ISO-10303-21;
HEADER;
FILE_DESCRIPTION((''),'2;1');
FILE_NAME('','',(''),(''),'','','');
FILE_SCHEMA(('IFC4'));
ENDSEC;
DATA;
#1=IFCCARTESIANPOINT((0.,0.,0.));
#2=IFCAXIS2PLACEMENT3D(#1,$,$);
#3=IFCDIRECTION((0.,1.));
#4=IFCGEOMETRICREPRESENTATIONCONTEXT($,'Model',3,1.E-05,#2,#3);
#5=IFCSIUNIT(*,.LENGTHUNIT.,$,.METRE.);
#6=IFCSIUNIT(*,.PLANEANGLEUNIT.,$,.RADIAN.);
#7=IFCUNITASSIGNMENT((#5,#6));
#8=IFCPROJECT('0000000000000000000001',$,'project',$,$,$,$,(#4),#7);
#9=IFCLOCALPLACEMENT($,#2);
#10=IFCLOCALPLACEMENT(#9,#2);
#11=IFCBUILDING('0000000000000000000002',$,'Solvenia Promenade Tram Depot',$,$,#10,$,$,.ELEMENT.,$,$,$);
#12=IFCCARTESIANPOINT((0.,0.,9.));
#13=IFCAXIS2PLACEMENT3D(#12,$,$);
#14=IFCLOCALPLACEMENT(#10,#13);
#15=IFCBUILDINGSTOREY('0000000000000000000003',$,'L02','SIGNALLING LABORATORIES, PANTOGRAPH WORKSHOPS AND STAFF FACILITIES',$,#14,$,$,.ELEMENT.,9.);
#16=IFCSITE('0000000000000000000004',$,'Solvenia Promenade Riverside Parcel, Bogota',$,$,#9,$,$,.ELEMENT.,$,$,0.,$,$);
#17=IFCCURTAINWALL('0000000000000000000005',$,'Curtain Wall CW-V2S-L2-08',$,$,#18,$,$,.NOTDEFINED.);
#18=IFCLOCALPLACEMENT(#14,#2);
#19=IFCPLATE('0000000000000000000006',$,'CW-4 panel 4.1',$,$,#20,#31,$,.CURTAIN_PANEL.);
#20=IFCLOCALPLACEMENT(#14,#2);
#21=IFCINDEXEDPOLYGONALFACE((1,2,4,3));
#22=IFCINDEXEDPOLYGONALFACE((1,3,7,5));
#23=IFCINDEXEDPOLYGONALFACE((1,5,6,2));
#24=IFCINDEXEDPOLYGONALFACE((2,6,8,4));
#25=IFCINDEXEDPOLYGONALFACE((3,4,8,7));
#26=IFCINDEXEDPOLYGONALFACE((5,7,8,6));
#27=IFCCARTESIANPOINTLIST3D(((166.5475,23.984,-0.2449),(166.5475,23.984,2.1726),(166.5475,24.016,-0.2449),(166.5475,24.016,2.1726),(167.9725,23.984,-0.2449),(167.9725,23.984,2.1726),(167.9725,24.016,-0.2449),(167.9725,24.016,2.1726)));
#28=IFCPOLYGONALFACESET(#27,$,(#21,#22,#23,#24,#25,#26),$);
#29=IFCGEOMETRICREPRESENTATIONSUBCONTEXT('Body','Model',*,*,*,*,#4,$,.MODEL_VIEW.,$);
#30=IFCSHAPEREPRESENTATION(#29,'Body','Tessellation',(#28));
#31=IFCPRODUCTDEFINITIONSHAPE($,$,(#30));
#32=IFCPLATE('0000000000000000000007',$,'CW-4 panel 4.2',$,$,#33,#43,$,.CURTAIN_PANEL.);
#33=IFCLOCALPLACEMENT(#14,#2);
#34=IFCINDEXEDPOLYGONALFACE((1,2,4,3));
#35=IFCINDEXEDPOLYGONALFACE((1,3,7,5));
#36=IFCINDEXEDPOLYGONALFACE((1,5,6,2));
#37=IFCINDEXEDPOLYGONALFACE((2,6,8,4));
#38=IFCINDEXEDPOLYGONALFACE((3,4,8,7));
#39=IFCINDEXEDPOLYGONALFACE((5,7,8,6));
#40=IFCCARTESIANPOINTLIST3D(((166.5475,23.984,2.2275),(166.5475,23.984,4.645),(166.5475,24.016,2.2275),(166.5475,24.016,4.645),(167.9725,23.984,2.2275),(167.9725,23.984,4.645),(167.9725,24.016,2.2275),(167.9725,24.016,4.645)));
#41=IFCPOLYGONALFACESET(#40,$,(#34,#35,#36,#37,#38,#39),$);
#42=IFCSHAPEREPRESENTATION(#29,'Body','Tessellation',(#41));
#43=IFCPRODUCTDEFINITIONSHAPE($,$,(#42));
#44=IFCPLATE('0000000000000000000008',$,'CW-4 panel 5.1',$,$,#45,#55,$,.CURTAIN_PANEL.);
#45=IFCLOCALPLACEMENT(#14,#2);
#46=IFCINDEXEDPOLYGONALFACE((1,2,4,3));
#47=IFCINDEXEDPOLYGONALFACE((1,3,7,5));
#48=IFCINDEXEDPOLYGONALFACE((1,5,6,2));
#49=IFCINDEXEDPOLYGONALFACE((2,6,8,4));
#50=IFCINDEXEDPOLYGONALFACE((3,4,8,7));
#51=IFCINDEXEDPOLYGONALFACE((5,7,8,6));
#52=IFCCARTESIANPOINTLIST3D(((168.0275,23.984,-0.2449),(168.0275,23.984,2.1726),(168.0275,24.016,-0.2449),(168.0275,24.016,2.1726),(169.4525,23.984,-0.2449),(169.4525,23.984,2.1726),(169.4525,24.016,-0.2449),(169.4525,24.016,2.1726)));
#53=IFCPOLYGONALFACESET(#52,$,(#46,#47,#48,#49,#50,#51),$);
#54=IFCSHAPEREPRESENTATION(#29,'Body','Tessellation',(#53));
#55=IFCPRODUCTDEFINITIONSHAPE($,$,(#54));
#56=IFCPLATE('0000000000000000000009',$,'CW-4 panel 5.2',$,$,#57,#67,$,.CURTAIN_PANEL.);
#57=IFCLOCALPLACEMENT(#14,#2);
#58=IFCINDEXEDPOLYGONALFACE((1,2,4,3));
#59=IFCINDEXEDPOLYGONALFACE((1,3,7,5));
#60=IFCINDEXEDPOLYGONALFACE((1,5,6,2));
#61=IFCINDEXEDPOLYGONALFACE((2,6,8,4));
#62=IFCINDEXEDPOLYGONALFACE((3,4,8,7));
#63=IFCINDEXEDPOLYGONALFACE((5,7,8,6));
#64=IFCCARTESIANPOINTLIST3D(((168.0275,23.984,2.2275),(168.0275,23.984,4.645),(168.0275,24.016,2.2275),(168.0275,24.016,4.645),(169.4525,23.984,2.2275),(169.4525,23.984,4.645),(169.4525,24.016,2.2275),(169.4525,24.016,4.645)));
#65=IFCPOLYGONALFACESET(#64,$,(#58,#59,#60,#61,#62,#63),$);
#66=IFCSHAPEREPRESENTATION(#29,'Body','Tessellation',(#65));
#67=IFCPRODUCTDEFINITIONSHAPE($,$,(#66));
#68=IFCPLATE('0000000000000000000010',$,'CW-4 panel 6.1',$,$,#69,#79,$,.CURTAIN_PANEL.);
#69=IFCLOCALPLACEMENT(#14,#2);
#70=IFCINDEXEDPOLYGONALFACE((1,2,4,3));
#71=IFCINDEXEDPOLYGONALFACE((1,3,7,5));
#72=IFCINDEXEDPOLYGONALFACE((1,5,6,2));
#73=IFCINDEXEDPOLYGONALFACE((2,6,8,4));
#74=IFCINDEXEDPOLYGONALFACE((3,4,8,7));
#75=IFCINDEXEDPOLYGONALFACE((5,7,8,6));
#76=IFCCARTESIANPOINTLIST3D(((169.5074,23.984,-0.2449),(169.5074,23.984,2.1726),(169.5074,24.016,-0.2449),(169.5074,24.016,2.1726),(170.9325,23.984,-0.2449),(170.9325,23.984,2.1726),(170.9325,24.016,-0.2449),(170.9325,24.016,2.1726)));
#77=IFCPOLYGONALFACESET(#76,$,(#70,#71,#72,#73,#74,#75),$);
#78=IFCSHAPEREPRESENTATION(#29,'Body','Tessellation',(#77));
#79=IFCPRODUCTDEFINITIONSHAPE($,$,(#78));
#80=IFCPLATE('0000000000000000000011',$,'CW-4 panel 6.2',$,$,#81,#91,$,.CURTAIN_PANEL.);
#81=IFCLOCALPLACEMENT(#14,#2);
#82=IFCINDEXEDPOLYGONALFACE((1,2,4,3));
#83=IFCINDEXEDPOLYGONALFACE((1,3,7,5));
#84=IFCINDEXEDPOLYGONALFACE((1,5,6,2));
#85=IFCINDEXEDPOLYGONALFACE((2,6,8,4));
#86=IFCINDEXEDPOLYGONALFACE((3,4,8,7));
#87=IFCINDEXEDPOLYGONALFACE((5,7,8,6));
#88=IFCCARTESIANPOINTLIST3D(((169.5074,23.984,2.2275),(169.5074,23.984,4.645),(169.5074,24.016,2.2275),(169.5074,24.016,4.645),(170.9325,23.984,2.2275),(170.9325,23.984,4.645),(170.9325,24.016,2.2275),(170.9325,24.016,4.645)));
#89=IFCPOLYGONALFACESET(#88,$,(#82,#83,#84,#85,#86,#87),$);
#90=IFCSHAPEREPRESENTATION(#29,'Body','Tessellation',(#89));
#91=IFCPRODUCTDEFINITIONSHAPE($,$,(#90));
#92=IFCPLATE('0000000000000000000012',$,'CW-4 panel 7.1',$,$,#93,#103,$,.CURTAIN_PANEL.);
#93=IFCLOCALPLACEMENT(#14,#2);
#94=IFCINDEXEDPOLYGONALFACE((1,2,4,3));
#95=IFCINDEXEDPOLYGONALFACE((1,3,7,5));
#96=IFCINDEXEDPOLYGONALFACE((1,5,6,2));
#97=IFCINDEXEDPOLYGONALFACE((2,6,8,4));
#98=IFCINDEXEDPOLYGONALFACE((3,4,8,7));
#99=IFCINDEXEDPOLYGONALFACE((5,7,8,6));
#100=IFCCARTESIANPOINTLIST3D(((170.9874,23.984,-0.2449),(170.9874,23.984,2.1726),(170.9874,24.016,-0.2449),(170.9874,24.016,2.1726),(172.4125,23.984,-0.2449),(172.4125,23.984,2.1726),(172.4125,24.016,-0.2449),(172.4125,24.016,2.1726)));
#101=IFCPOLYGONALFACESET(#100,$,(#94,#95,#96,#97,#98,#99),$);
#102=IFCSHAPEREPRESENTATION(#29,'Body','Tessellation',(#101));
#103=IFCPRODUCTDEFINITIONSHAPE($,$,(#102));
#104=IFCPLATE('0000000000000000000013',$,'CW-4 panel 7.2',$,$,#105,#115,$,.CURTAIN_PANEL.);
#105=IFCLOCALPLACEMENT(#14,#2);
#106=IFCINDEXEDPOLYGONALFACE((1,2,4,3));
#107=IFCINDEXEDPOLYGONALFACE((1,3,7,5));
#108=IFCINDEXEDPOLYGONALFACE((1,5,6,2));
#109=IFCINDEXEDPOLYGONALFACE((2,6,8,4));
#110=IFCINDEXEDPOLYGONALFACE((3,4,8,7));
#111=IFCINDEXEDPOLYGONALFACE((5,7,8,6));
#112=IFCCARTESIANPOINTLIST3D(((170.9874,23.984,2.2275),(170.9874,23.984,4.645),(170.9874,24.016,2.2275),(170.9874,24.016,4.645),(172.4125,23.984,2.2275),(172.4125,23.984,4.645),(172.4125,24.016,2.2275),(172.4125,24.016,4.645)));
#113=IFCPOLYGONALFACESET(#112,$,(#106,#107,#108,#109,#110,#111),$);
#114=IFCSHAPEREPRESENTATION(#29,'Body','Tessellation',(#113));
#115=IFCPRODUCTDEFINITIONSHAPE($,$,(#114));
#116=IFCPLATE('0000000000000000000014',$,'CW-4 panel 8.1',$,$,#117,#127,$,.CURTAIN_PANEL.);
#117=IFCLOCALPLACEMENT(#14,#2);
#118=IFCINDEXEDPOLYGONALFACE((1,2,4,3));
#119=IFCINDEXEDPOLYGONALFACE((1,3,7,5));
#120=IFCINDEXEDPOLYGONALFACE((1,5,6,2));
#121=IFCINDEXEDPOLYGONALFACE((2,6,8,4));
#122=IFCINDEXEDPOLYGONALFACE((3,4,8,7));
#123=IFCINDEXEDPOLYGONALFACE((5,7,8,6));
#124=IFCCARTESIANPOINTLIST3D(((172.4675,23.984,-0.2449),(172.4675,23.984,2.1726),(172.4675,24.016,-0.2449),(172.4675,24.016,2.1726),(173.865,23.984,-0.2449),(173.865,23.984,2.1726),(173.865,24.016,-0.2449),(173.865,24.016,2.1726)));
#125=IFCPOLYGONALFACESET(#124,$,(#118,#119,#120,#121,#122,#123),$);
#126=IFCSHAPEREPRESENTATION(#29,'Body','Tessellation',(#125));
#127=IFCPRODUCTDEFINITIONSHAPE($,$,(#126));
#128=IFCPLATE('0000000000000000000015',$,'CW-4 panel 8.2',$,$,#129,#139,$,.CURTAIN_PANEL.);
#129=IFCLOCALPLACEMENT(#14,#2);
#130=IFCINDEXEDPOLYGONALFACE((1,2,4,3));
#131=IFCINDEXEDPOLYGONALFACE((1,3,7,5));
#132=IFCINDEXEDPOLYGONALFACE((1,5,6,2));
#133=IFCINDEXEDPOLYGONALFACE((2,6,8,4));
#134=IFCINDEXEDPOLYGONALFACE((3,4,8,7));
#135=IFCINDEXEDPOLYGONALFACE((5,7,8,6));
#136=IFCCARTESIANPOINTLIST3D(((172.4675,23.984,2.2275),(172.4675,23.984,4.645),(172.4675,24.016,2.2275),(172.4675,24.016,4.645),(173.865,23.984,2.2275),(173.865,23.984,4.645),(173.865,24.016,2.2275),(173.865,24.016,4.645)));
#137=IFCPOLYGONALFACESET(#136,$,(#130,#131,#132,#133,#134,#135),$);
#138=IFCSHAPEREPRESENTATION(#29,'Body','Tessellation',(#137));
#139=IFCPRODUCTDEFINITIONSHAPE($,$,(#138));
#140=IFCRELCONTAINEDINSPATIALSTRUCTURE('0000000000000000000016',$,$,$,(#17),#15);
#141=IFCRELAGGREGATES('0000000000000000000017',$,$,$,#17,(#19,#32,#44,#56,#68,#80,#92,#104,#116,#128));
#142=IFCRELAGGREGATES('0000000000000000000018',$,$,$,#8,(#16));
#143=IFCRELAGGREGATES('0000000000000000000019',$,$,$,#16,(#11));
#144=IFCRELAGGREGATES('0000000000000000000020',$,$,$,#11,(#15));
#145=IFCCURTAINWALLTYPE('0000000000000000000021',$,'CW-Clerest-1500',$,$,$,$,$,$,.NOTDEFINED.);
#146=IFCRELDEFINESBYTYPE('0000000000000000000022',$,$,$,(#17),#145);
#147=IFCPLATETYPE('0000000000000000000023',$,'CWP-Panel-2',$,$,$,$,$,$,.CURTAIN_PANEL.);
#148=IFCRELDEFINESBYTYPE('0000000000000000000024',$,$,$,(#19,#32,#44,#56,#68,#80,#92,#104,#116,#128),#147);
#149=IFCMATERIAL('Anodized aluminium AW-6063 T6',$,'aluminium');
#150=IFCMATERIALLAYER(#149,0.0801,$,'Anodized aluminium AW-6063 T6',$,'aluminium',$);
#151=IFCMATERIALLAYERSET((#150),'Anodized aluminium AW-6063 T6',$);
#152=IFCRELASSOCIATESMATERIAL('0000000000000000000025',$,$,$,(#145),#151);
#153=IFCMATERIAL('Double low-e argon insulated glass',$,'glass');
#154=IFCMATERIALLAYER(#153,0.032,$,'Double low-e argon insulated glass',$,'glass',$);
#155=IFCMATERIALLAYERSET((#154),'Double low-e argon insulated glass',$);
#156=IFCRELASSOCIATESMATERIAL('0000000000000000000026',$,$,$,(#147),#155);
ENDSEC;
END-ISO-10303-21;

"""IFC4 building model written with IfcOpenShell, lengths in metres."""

from ifc_helpers import new_model, si_unit, direction, frame, origin, origin_2d, place, context, subcontext, project, spatial, rectangle, extrude, material, layer, layer_set, type_object, element, aggregate, save


model = new_model("IFC4")

# Units and contexts
model_context = context("Model", 3, precision=1e-05, world=origin(), true_north=direction((0.0, 1.0)))
body_context = subcontext(model_context, "Body", "Model", "MODEL_VIEW")
ifc_project = project(units=[si_unit("LENGTHUNIT", "METRE"), si_unit("PLANEANGLEUNIT", "RADIAN")], contexts=[model_context])

# Site, building, storey
site_placement = place(None, origin())
site = spatial("IfcSite", under=ifc_project, at=site_placement, Name="Solvenia Promenade Riverside Parcel, Bogota", CompositionType="ELEMENT", RefElevation=0.0)
building_placement = place(site_placement, origin())
building = spatial("IfcBuilding", under=site, at=building_placement, Name="Solvenia Promenade Tram Depot", CompositionType="ELEMENT")
storey_placement = place(building_placement, frame((0.0, 0.0, 9.0)))
storey = spatial("IfcBuildingStorey", under=building, at=storey_placement, Name="L02", Description="SIGNALLING LABORATORIES, PANTOGRAPH WORKSHOPS AND STAFF FACILITIES", CompositionType="ELEMENT", Elevation=9.0)

# Curtain wall, plates
ifc_material_1 = material(Name="Anodized aluminium AW-6063 T6", Category="aluminium")
ifc_layer_1 = layer(ifc_material_1, 0.0801, Name="Anodized aluminium AW-6063 T6", Category="aluminium")
ifc_layer_set_1 = layer_set([ifc_layer_1], Name="Anodized aluminium AW-6063 T6")
curtain_wall_type = type_object("IfcCurtainWallType", Name="CW-Clerest-1500", PredefinedType="NOTDEFINED", material=ifc_layer_set_1)
curtain_wall_placement = place(storey_placement, origin())
curtain_wall = element("IfcCurtainWall", 1, at=curtain_wall_placement, inside=storey, type_object=curtain_wall_type, Name="Curtain Wall CW-V2S-L2-08", PredefinedType="NOTDEFINED")
ifc_material_2 = material(Name="Double low-e argon insulated glass", Category="glass")
ifc_layer_2 = layer(ifc_material_2, 0.032, Name="Double low-e argon insulated glass", Category="glass")
ifc_layer_set_2 = layer_set([ifc_layer_2], Name="Double low-e argon insulated glass")
plate_type = type_object("IfcPlateType", Name="CWP-Panel-2", PredefinedType="CURTAIN_PANEL", material=ifc_layer_set_2)
plate_1_placement = place(storey_placement, frame((167.26, 24.0, -0.2449), z_axis=(0.0, 0.0, 1.0), x_axis=(1.0, 0.0, 0.0)))
plate_1 = element("IfcPlate", 2, at=plate_1_placement, type_object=plate_type, Name="CW-4 panel 4.1", PredefinedType="CURTAIN_PANEL", context=body_context, shape_type="SweptSolid", body=[
    extrude(rectangle(XDim=1.425, YDim=0.032, at=origin_2d()), origin(), (0.0, 0.0, 1.0), 2.4175),
])
plate_2_placement = place(storey_placement, frame((167.26, 24.0, 2.2275), z_axis=(0.0, 0.0, 1.0), x_axis=(1.0, 0.0, 0.0)))
plate_2 = element("IfcPlate", 3, at=plate_2_placement, type_object=plate_type, Name="CW-4 panel 4.2", PredefinedType="CURTAIN_PANEL", context=body_context, shape_type="SweptSolid", body=[
    extrude(rectangle(XDim=1.425, YDim=0.032, at=origin_2d()), origin(), (0.0, 0.0, 1.0), 2.4175),
])
plate_3_placement = place(storey_placement, frame((168.74, 24.0, -0.2449), z_axis=(0.0, 0.0, 1.0), x_axis=(1.0, 0.0, 0.0)))
plate_3 = element("IfcPlate", 4, at=plate_3_placement, type_object=plate_type, Name="CW-4 panel 5.1", PredefinedType="CURTAIN_PANEL", context=body_context, shape_type="SweptSolid", body=[
    extrude(rectangle(XDim=1.425, YDim=0.032, at=origin_2d()), origin(), (0.0, 0.0, 1.0), 2.4175),
])
plate_4_placement = place(storey_placement, frame((168.74, 24.0, 2.2275), z_axis=(0.0, 0.0, 1.0), x_axis=(1.0, 0.0, 0.0)))
plate_4 = element("IfcPlate", 5, at=plate_4_placement, type_object=plate_type, Name="CW-4 panel 5.2", PredefinedType="CURTAIN_PANEL", context=body_context, shape_type="SweptSolid", body=[
    extrude(rectangle(XDim=1.425, YDim=0.032, at=origin_2d()), origin(), (0.0, 0.0, 1.0), 2.4175),
])
plate_5_placement = place(storey_placement, frame((170.22, 24.0, -0.2449), z_axis=(0.0, 0.0, 1.0), x_axis=(1.0, 0.0, 0.0)))
plate_5 = element("IfcPlate", 6, at=plate_5_placement, type_object=plate_type, Name="CW-4 panel 6.1", PredefinedType="CURTAIN_PANEL", context=body_context, shape_type="SweptSolid", body=[
    extrude(rectangle(XDim=1.425, YDim=0.032, at=origin_2d()), origin(), (0.0, 0.0, 1.0), 2.4175),
])
plate_6_placement = place(storey_placement, frame((170.22, 24.0, 2.2275), z_axis=(0.0, 0.0, 1.0), x_axis=(1.0, 0.0, 0.0)))
plate_6 = element("IfcPlate", 7, at=plate_6_placement, type_object=plate_type, Name="CW-4 panel 6.2", PredefinedType="CURTAIN_PANEL", context=body_context, shape_type="SweptSolid", body=[
    extrude(rectangle(XDim=1.425, YDim=0.032, at=origin_2d()), origin(), (0.0, 0.0, 1.0), 2.4175),
])
plate_7_placement = place(storey_placement, frame((171.7, 24.0, -0.2449), z_axis=(0.0, 0.0, 1.0), x_axis=(1.0, 0.0, 0.0)))
plate_7 = element("IfcPlate", 8, at=plate_7_placement, type_object=plate_type, Name="CW-4 panel 7.1", PredefinedType="CURTAIN_PANEL", context=body_context, shape_type="SweptSolid", body=[
    extrude(rectangle(XDim=1.425, YDim=0.032, at=origin_2d()), origin(), (0.0, 0.0, 1.0), 2.4175),
])
plate_8_placement = place(storey_placement, frame((171.7, 24.0, 2.2275), z_axis=(0.0, 0.0, 1.0), x_axis=(1.0, 0.0, 0.0)))
plate_8 = element("IfcPlate", 9, at=plate_8_placement, type_object=plate_type, Name="CW-4 panel 7.2", PredefinedType="CURTAIN_PANEL", context=body_context, shape_type="SweptSolid", body=[
    extrude(rectangle(XDim=1.425, YDim=0.032, at=origin_2d()), origin(), (0.0, 0.0, 1.0), 2.4175),
])
plate_9_placement = place(storey_placement, frame((173.1663, 24.0, -0.2449), z_axis=(0.0, 0.0, 1.0), x_axis=(1.0, 0.0, 0.0)))
plate_9 = element("IfcPlate", 10, at=plate_9_placement, type_object=plate_type, Name="CW-4 panel 8.1", PredefinedType="CURTAIN_PANEL", context=body_context, shape_type="SweptSolid", body=[
    extrude(rectangle(XDim=1.3975, YDim=0.032, at=origin_2d()), origin(), (0.0, 0.0, 1.0), 2.4175),
])
plate_10_placement = place(storey_placement, frame((173.1663, 24.0, 2.2275), z_axis=(0.0, 0.0, 1.0), x_axis=(1.0, 0.0, 0.0)))
plate_10 = element("IfcPlate", 11, at=plate_10_placement, type_object=plate_type, Name="CW-4 panel 8.2", PredefinedType="CURTAIN_PANEL", context=body_context, shape_type="SweptSolid", body=[
    extrude(rectangle(XDim=1.3975, YDim=0.032, at=origin_2d()), origin(), (0.0, 0.0, 1.0), 2.4175),
])
aggregate(curtain_wall, [plate_1, plate_2, plate_3, plate_4, plate_5, plate_6, plate_7, plate_8, plate_9, plate_10])

save(model, "model.ifc")
